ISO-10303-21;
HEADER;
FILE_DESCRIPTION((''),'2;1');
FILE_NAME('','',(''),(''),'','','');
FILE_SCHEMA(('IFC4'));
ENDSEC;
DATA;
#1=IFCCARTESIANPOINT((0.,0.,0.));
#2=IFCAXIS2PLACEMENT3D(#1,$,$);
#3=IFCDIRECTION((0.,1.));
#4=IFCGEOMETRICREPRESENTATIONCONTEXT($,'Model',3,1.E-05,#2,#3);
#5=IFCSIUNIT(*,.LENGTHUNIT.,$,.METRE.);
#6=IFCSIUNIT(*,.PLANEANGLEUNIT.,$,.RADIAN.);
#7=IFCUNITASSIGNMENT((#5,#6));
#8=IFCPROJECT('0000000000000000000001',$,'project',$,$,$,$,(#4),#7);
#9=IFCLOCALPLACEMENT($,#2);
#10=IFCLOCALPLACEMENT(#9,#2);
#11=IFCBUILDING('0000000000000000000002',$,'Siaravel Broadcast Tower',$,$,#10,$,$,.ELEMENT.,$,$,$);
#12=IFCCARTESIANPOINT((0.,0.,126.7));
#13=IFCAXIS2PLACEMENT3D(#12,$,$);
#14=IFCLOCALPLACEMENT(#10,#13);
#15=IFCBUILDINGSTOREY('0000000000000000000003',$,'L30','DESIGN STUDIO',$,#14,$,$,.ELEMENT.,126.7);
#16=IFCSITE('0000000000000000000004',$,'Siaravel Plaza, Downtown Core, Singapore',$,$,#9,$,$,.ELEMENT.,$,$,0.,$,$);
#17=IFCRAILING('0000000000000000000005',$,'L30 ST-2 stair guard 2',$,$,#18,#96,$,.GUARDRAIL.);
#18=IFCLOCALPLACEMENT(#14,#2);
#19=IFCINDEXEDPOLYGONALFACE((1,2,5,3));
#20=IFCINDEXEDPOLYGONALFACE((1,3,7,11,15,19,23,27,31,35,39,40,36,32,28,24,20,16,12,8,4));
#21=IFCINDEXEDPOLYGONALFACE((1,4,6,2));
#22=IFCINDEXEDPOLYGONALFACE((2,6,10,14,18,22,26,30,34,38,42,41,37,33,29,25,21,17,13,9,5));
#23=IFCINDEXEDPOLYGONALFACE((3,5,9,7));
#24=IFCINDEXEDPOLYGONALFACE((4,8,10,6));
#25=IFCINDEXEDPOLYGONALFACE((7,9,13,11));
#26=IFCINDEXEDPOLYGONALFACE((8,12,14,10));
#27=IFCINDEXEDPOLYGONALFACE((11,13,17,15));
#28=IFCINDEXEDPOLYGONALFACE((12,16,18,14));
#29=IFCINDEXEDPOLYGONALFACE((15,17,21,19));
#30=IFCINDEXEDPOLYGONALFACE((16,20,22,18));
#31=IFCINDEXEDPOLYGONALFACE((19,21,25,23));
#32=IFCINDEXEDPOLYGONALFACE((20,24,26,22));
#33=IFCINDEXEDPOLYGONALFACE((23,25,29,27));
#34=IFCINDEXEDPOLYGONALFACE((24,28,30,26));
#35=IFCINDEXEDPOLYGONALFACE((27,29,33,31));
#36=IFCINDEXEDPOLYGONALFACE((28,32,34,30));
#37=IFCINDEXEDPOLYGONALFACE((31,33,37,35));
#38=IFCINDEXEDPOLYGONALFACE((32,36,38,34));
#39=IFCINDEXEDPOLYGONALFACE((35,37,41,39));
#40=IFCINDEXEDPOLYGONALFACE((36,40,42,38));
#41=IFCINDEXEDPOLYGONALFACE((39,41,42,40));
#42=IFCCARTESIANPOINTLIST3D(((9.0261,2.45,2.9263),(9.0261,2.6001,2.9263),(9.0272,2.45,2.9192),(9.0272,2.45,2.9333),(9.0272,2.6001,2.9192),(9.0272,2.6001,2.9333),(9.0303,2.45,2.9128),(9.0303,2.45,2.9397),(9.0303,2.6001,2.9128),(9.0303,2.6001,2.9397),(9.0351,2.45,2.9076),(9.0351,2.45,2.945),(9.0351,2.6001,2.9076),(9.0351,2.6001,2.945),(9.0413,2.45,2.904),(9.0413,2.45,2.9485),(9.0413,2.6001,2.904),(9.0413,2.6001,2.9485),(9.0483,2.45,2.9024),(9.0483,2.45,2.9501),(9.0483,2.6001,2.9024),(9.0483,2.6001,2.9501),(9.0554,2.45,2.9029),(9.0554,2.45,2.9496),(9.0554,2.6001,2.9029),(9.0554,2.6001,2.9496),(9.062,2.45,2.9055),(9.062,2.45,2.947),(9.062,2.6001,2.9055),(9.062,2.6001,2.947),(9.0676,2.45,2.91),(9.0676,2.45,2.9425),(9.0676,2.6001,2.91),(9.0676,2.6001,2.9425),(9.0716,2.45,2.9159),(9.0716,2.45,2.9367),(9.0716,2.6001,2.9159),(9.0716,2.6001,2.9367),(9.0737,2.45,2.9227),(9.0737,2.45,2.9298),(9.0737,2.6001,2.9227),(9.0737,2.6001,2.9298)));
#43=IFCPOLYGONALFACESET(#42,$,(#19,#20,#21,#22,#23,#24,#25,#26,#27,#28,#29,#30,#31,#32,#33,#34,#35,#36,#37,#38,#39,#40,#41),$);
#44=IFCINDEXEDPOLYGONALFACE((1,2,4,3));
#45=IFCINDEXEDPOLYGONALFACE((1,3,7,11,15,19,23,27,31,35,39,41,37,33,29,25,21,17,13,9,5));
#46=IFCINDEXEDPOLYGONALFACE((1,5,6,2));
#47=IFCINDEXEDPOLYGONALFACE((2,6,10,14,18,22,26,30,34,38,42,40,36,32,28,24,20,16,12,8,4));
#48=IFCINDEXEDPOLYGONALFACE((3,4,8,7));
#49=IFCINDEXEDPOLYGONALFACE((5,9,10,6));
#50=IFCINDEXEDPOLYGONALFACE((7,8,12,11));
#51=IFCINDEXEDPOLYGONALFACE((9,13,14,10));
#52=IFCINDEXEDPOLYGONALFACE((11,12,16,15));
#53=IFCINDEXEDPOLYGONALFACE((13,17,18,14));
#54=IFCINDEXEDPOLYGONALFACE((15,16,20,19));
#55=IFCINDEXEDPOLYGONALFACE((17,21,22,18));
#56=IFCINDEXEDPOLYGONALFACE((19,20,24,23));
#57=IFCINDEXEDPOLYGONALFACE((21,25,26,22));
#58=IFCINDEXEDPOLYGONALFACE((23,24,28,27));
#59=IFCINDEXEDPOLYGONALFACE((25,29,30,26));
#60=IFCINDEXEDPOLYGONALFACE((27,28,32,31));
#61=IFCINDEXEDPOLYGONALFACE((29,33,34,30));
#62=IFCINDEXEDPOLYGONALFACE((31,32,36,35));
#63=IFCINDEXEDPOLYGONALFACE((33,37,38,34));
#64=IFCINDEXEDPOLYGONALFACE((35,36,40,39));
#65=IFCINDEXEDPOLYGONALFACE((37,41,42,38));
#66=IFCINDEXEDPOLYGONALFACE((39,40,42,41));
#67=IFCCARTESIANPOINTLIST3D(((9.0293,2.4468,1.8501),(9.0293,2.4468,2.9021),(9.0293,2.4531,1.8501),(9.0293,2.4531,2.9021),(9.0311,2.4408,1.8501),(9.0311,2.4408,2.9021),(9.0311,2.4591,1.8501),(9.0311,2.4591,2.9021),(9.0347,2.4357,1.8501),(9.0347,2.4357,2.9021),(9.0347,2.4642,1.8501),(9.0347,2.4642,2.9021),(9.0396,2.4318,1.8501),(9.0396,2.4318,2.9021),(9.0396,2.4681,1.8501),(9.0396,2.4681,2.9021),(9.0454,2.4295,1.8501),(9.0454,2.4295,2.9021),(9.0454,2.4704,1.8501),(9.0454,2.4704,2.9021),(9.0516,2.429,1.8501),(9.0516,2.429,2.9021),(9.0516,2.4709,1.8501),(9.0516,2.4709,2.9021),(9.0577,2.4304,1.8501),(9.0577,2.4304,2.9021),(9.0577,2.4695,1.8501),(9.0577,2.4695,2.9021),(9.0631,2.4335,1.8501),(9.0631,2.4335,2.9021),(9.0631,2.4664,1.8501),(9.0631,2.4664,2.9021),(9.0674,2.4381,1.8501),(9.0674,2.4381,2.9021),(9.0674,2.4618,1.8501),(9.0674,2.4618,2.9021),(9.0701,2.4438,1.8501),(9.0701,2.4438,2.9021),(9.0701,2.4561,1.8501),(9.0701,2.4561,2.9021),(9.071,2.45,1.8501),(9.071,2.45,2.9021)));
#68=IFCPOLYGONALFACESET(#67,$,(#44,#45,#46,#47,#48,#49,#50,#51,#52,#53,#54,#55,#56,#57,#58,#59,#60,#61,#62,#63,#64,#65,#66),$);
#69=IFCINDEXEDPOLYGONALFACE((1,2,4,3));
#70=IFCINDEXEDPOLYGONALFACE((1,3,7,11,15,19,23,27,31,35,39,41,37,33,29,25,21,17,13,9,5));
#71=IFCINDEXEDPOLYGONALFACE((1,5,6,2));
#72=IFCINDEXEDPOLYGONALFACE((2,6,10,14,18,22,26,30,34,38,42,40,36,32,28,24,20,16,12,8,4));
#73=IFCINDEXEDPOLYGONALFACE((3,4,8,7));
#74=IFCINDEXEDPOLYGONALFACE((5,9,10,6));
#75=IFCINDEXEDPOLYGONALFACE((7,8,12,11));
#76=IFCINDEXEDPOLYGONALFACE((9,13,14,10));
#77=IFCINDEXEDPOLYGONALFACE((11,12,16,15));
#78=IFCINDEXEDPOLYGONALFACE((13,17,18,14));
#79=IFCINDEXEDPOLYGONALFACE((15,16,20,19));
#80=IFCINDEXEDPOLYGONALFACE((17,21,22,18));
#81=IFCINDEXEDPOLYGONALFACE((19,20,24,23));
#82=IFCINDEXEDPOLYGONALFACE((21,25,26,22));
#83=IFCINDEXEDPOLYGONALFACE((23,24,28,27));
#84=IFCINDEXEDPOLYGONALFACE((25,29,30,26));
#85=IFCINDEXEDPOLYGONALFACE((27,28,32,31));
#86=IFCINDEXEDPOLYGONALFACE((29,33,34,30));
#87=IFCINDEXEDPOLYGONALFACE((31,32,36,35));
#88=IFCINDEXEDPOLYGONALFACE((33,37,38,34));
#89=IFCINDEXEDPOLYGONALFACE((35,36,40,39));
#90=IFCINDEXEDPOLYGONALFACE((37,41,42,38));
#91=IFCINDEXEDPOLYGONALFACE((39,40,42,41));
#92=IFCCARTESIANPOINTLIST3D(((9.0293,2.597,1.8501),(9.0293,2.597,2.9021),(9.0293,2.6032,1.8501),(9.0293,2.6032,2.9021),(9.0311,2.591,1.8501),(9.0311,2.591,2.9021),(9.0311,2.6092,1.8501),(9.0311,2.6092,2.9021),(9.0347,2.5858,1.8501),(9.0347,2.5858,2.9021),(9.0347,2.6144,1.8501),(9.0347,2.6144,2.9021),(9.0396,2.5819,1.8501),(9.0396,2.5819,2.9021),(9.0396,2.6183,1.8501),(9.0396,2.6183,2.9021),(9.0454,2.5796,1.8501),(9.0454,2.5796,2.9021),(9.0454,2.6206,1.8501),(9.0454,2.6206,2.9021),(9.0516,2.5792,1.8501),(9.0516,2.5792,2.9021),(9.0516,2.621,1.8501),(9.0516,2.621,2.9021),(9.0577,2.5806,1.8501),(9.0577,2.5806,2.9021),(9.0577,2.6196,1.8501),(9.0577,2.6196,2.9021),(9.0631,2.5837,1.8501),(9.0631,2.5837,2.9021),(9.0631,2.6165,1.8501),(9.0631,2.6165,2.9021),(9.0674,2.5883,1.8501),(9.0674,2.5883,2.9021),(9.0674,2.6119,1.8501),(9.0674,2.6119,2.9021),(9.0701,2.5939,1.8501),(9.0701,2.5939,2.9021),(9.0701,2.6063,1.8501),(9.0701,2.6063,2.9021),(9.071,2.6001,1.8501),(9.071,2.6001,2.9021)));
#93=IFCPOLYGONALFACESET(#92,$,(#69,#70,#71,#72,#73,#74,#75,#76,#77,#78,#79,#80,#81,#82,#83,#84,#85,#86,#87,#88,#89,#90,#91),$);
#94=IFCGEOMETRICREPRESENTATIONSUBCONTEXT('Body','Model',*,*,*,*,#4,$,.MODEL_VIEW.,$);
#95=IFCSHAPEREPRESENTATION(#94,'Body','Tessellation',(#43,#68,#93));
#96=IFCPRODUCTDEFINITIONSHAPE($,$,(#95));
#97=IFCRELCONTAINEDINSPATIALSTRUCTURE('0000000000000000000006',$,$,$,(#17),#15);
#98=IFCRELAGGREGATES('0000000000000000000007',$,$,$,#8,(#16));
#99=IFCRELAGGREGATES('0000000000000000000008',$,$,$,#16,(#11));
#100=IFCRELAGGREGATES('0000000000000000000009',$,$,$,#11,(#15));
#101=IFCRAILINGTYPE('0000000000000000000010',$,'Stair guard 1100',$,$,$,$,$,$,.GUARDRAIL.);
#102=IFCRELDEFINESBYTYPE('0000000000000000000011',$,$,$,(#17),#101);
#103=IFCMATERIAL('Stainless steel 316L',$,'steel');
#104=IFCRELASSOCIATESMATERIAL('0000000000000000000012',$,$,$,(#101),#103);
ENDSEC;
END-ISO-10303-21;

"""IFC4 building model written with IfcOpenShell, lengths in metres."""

from ifc_helpers import new_model, si_unit, direction, frame, origin, origin_2d, place, context, subcontext, project, spatial, circle, extrude, material, type_object, element, save


model = new_model("IFC4")

# Units and contexts
model_context = context("Model", 3, precision=1e-05, world=origin(), true_north=direction((0.0, 1.0)))
body_context = subcontext(model_context, "Body", "Model", "MODEL_VIEW")
ifc_project = project(units=[si_unit("LENGTHUNIT", "METRE"), si_unit("PLANEANGLEUNIT", "RADIAN")], contexts=[model_context])

# Site, building, storey
site_placement = place(None, origin())
site = spatial("IfcSite", under=ifc_project, at=site_placement, Name="Siaravel Plaza, Downtown Core, Singapore", CompositionType="ELEMENT", RefElevation=0.0)
building_placement = place(site_placement, origin())
building = spatial("IfcBuilding", under=site, at=building_placement, Name="Siaravel Broadcast Tower", CompositionType="ELEMENT")
storey_placement = place(building_placement, frame((0.0, 0.0, 126.7)))
storey = spatial("IfcBuildingStorey", under=building, at=storey_placement, Name="L30", Description="DESIGN STUDIO", CompositionType="ELEMENT", Elevation=126.7)

# Railing
ifc_material_1 = material(Name="Stainless steel 316L", Category="steel")
railing_type_1 = type_object("IfcRailingType", Name="Stair guard 1100", PredefinedType="GUARDRAIL", material=ifc_material_1)
railing_1_placement = place(storey_placement, frame((9.05, 2.45, 1.8501)))
element("IfcRailing", 1, at=railing_1_placement, inside=storey, type_object=railing_type_1, Name="L30 ST-2 stair guard 2", PredefinedType="GUARDRAIL", context=body_context, shape_type="SweptSolid", body=[
    extrude(circle(Radius=0.0239, at=origin_2d()), frame((0.0, 0.0, 1.0762), z_axis=(0.0, 1.0, 0.0), x_axis=(-1.0, 0.0, 0.0)), (0.0, 0.0, 1.0), 0.1501),
    extrude(circle(Radius=0.021, at=origin_2d()), origin(), (0.0, 0.0, 1.0), 1.052),
    extrude(circle(Radius=0.021, at=origin_2d()), frame((0.0, 0.1501, 0.0)), (0.0, 0.0, 1.0), 1.052),
])

save(model, "model.ifc")
